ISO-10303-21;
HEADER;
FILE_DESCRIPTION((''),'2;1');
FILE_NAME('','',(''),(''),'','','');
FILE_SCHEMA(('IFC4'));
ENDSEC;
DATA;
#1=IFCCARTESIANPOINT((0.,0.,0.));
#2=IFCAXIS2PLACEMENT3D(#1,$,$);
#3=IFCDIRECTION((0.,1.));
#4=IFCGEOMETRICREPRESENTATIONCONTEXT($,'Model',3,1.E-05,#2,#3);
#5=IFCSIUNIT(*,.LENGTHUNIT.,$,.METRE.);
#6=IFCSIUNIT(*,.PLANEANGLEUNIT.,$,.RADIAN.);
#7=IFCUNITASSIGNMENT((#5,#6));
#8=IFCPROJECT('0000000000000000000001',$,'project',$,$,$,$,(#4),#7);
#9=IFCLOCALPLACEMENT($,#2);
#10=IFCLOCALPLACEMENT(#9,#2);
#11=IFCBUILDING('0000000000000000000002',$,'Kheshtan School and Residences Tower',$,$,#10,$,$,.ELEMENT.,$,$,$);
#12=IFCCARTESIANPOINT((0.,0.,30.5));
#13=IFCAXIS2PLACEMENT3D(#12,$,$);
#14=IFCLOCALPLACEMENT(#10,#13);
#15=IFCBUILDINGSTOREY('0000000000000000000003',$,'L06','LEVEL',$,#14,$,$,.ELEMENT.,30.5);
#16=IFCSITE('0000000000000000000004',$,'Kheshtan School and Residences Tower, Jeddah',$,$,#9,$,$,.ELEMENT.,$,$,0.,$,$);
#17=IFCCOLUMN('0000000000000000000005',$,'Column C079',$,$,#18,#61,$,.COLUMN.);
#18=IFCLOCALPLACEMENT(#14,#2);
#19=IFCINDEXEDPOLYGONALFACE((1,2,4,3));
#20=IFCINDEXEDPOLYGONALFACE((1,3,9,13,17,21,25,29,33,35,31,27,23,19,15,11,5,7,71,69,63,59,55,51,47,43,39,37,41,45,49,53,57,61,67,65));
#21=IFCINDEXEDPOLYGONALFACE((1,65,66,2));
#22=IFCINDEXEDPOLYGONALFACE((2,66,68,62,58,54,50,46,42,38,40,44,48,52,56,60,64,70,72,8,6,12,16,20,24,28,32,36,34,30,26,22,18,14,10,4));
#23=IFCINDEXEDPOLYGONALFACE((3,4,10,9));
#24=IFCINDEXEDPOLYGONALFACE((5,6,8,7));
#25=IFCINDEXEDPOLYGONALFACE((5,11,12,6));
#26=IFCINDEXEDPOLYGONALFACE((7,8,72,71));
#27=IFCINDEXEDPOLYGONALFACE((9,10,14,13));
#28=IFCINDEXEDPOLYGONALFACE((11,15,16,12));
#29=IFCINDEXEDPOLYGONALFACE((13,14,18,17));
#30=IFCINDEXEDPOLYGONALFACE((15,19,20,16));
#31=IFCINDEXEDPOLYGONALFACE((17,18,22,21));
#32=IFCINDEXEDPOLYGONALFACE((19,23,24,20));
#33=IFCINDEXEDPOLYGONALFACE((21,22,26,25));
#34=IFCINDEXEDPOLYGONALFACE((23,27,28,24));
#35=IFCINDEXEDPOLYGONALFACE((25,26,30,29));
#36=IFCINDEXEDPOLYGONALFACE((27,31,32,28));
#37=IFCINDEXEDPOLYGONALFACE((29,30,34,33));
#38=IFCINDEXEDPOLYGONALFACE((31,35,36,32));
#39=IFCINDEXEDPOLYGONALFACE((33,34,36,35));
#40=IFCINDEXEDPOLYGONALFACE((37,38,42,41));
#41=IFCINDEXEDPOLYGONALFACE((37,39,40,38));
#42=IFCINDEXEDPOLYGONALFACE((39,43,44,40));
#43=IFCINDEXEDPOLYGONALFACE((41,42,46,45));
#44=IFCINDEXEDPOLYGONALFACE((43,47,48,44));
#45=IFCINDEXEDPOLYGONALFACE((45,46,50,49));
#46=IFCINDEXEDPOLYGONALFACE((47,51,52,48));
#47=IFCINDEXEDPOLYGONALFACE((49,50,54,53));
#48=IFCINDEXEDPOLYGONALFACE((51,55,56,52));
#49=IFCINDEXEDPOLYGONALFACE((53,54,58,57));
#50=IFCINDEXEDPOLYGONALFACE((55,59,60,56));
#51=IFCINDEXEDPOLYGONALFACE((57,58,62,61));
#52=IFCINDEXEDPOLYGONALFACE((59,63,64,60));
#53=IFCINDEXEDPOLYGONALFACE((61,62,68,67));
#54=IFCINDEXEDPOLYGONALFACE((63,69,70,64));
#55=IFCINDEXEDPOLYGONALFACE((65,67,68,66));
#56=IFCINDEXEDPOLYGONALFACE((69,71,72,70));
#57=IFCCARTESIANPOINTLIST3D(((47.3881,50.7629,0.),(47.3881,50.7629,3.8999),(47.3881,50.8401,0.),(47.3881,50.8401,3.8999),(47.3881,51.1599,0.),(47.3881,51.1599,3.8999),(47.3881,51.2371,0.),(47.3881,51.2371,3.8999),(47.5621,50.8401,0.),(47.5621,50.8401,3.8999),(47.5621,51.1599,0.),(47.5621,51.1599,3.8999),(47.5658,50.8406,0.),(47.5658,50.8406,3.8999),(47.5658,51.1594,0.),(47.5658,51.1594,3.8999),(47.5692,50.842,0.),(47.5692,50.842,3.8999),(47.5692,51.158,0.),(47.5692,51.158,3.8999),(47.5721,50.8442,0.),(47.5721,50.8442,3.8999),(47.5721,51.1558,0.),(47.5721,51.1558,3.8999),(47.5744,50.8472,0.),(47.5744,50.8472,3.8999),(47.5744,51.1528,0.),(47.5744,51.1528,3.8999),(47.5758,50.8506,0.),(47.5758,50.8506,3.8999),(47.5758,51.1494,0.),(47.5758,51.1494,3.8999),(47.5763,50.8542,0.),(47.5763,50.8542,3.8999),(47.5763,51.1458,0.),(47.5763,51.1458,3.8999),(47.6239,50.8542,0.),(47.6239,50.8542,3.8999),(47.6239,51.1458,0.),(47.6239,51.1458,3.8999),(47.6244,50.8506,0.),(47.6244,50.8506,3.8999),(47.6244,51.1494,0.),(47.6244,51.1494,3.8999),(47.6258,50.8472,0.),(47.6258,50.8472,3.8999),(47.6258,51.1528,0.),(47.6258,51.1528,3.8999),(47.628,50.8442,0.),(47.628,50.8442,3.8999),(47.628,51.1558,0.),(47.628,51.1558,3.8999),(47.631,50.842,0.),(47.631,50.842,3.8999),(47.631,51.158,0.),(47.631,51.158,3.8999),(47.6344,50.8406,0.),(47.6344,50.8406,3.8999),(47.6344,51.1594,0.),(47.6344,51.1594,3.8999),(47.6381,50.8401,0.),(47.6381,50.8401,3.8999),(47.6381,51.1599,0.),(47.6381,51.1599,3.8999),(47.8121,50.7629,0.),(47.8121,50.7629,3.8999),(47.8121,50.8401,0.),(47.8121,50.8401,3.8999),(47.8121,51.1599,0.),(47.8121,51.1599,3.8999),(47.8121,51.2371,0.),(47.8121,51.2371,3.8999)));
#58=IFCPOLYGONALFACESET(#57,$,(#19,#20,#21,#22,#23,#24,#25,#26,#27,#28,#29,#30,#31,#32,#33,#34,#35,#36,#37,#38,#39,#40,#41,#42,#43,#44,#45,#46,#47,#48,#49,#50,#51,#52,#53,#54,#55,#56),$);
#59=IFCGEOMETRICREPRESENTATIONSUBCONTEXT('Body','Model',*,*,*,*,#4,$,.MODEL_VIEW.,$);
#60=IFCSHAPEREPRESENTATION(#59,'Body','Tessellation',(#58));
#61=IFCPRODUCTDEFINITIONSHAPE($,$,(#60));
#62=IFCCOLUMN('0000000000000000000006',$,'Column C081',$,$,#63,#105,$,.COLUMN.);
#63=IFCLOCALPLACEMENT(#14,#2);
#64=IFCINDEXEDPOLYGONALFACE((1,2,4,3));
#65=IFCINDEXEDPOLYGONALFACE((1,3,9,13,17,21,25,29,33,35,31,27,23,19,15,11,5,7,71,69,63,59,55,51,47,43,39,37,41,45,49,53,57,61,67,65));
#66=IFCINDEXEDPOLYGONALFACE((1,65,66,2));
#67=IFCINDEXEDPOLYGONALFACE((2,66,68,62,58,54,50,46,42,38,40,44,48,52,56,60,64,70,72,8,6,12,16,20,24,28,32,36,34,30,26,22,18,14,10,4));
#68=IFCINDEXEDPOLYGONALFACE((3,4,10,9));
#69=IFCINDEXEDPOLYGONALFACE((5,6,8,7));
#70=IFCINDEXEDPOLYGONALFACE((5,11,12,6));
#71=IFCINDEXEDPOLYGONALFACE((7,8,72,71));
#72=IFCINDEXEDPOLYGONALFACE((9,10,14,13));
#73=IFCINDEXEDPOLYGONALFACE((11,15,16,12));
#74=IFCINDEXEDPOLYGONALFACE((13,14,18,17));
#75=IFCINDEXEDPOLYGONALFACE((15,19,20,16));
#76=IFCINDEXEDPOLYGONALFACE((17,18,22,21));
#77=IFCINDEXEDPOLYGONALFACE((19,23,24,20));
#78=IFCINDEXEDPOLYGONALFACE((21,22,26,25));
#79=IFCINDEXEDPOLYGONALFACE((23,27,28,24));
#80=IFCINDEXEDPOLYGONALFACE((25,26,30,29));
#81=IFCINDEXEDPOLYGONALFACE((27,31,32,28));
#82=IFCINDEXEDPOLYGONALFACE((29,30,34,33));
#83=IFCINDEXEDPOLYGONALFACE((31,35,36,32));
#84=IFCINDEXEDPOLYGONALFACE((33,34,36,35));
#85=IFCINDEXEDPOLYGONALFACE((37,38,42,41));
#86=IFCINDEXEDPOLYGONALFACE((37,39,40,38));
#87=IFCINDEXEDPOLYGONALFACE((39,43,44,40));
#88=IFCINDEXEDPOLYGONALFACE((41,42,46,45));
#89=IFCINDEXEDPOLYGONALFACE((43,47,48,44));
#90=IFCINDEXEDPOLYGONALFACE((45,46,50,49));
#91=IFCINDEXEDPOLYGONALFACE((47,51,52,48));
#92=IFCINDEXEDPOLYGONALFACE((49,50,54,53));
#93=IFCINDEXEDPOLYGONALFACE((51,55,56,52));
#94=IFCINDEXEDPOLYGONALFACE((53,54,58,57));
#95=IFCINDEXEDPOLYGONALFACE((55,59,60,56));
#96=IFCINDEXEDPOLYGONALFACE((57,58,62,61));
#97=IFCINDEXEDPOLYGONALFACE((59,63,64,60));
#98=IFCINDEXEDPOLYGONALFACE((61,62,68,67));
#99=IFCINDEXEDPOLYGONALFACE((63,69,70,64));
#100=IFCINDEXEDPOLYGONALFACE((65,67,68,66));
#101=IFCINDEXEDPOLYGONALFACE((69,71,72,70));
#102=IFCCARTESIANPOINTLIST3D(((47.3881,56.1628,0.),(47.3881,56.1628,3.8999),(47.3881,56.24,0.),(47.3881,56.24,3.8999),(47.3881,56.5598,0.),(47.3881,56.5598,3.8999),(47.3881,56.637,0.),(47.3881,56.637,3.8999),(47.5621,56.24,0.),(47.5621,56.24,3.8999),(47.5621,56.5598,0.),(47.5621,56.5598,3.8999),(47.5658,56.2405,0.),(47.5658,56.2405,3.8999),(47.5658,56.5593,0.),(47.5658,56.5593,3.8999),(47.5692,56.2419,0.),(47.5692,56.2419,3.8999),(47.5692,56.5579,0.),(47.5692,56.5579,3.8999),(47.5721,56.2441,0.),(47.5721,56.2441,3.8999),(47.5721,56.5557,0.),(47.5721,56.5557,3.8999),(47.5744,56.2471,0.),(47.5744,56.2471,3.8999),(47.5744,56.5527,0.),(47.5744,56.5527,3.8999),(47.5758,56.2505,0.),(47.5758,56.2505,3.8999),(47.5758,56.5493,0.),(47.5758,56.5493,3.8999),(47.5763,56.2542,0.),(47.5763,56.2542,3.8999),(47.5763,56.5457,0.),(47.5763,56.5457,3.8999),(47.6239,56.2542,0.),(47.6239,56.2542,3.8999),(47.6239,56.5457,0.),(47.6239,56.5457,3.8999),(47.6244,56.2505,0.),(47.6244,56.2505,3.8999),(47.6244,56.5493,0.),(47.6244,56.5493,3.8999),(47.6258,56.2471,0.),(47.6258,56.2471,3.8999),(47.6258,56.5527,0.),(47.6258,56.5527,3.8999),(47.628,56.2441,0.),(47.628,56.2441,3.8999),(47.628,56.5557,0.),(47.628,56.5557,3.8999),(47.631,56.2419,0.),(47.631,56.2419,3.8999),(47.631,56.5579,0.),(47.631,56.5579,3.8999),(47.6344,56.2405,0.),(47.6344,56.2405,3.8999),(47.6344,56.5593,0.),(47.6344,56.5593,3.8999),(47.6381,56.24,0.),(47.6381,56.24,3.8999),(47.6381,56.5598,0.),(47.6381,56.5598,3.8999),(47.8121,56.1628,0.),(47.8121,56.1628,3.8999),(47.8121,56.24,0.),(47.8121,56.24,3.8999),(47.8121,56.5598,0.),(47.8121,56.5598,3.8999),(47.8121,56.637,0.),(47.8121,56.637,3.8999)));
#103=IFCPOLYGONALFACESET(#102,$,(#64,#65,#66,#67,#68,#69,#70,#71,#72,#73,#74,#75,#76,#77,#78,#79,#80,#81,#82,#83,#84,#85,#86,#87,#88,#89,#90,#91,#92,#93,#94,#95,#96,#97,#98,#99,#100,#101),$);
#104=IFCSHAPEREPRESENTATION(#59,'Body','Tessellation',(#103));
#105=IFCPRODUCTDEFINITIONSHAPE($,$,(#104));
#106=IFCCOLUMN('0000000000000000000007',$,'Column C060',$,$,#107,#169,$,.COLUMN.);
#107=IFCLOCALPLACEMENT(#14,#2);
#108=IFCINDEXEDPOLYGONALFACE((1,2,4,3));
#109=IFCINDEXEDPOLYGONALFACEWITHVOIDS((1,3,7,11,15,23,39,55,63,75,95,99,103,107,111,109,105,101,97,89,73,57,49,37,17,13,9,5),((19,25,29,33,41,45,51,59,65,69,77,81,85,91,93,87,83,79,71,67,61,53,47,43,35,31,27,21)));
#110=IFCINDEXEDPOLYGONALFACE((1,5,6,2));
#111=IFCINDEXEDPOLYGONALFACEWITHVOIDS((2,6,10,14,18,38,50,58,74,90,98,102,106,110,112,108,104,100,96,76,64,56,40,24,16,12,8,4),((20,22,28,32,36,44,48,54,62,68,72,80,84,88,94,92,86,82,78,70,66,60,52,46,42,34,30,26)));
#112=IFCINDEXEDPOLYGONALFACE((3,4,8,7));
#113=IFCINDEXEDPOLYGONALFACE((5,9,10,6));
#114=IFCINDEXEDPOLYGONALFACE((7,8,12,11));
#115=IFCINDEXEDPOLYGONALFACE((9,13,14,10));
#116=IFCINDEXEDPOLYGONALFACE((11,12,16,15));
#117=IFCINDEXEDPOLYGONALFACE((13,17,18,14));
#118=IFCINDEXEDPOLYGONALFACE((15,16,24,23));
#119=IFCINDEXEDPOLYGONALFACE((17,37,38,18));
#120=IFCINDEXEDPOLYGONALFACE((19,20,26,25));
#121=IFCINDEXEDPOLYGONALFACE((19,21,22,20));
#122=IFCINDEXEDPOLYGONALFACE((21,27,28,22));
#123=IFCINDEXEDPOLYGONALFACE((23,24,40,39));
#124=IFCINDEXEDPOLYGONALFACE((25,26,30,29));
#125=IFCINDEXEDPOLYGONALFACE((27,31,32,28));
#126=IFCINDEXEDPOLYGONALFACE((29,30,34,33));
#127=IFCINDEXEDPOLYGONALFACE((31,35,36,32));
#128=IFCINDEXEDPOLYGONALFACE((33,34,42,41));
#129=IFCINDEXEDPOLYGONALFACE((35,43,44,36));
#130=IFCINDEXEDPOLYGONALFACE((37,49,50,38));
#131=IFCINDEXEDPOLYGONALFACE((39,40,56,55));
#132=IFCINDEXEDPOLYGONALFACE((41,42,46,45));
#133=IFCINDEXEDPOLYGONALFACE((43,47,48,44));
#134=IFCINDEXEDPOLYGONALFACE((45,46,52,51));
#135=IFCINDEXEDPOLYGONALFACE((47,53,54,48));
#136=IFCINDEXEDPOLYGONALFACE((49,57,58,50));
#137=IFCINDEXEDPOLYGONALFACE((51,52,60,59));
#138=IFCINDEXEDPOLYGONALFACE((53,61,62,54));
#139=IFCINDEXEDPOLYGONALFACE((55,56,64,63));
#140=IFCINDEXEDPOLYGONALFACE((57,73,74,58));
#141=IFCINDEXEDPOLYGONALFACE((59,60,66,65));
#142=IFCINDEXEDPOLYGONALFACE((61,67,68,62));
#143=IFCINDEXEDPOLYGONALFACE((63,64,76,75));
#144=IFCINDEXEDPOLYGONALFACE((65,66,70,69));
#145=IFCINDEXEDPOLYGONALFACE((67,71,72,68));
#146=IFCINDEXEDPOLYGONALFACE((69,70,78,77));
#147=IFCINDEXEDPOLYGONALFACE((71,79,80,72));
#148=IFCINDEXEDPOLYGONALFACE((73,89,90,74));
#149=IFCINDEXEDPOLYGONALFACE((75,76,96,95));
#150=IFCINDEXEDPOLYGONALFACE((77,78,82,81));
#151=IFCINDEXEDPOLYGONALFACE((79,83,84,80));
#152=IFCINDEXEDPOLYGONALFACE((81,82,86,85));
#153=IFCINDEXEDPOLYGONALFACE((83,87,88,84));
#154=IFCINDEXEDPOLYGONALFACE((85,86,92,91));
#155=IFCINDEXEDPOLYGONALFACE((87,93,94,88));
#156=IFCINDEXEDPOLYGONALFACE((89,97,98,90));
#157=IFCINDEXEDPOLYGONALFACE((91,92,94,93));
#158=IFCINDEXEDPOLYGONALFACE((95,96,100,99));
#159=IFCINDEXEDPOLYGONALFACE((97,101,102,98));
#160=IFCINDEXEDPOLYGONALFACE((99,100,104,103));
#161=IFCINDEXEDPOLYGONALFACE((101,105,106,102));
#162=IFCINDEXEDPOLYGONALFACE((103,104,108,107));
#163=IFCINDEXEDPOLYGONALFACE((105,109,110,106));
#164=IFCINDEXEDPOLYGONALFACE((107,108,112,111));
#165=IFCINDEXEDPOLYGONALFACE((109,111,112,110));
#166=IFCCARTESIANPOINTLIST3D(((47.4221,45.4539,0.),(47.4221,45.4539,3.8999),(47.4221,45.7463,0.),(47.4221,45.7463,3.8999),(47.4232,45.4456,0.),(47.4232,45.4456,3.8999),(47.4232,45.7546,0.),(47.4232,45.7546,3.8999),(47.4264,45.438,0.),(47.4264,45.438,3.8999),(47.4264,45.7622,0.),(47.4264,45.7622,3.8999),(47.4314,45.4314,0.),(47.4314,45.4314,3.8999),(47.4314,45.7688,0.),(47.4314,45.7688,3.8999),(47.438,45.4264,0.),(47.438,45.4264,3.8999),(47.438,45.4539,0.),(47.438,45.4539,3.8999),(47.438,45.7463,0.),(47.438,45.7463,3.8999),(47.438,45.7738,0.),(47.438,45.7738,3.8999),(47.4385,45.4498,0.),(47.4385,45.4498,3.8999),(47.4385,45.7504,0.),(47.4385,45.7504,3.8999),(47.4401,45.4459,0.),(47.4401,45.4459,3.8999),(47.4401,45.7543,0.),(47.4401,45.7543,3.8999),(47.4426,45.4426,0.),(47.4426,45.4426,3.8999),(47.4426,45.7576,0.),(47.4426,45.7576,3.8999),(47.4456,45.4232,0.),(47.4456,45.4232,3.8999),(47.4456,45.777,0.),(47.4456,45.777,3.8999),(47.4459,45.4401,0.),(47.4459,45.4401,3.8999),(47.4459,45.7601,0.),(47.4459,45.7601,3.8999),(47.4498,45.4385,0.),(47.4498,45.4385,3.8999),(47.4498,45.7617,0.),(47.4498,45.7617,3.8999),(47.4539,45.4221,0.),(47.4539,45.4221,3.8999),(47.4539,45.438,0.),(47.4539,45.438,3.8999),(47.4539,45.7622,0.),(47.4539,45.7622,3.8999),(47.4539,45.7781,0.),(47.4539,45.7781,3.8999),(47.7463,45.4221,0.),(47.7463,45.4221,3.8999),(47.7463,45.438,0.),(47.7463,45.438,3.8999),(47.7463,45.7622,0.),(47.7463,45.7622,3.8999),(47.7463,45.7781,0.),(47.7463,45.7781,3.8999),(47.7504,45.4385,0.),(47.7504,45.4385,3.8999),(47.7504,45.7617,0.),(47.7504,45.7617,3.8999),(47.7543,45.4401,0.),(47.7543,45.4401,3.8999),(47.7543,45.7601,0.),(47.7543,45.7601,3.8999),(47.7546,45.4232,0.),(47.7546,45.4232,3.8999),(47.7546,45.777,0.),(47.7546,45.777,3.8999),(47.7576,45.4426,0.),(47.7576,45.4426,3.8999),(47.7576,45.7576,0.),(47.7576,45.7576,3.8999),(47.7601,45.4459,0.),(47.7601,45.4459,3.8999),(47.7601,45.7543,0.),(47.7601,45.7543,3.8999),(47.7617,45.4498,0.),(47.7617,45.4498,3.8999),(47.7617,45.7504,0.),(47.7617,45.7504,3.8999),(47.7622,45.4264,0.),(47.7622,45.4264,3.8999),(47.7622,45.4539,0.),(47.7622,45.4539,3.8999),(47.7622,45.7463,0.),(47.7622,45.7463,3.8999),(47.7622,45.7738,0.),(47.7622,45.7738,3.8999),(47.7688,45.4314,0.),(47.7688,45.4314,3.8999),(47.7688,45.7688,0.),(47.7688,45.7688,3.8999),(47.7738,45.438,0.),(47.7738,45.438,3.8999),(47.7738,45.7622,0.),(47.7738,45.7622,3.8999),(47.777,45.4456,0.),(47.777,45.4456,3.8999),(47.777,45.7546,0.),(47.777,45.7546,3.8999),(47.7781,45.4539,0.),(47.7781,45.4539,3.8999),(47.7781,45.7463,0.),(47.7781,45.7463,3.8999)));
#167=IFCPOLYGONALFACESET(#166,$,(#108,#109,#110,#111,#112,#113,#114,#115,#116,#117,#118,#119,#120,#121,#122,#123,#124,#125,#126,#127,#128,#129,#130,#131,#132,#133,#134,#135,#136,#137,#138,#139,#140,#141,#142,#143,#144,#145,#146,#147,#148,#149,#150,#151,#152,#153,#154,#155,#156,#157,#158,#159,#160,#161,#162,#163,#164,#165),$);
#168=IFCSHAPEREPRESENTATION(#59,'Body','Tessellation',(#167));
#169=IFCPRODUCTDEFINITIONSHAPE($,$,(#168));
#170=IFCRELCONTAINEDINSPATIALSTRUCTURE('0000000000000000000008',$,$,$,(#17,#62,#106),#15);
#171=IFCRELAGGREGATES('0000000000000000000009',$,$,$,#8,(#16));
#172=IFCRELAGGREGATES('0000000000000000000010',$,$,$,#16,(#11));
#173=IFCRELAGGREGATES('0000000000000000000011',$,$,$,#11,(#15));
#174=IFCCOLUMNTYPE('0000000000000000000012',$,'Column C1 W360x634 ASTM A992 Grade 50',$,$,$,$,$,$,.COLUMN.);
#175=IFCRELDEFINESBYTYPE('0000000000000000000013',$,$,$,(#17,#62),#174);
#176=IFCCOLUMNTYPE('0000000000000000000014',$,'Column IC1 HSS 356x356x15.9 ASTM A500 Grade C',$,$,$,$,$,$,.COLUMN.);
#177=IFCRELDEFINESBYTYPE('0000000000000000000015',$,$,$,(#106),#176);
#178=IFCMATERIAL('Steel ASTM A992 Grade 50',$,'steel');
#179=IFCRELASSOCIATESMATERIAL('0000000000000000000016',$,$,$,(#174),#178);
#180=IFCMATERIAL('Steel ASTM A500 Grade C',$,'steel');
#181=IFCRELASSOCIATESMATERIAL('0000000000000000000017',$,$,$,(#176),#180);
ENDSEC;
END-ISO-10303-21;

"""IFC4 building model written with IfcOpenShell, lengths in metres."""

from ifc_helpers import new_model, si_unit, direction, frame, origin, origin_2d, place, context, subcontext, project, spatial, hollow_rectangle, i_section, extrude, material, material_profile, profile_set, type_object, element, save


model = new_model("IFC4")

# Units and contexts
model_context = context("Model", 3, precision=1e-05, world=origin(), true_north=direction((0.0, 1.0)))
body_context = subcontext(model_context, "Body", "Model", "MODEL_VIEW")
ifc_project = project(units=[si_unit("LENGTHUNIT", "METRE"), si_unit("PLANEANGLEUNIT", "RADIAN")], contexts=[model_context])

# Site, building, storey
site_placement = place(None, origin())
site = spatial("IfcSite", under=ifc_project, at=site_placement, Name="Kheshtan School and Residences Tower, Jeddah", CompositionType="ELEMENT", RefElevation=0.0)
building_placement = place(site_placement, origin())
building = spatial("IfcBuilding", under=site, at=building_placement, Name="Kheshtan School and Residences Tower", CompositionType="ELEMENT")
storey_placement = place(building_placement, frame((0.0, 0.0, 30.5)))
storey = spatial("IfcBuildingStorey", under=building, at=storey_placement, Name="L06", Description="LEVEL", CompositionType="ELEMENT", Elevation=30.5)

# Columns
ifc_material_1 = material(Name="Steel ASTM A992 Grade 50", Category="steel")
ifc_material_profile_1 = material_profile(ifc_material_1, i_section(OverallWidth=0.4241, OverallDepth=0.4741, WebThickness=0.0476, FlangeThickness=0.0771, FilletRadius=0.0142, at=origin_2d()), Name="W360x634")
ifc_profile_set_1 = profile_set([ifc_material_profile_1], Name="Steel ASTM A992 Grade 50")
column_type_1 = type_object("IfcColumnType", Name="Column C1 W360x634 ASTM A992 Grade 50", PredefinedType="COLUMN", material=ifc_profile_set_1)
for number, where, z_axis, x_axis, name in (
    (1, (47.6001, 51.0, 0.0), (0.0, 0.0, 1.0), (1.0, 0.0, 0.0), "Column C079"),
    (2, (47.6001, 56.3999, 0.0), (0.0, 0.0, 1.0), (1.0, 0.0, 0.0), "Column C081"),
):
    element("IfcColumn", number, at=place(storey_placement, frame(where, z_axis=z_axis, x_axis=x_axis)), inside=storey, type_object=column_type_1, Name=name, PredefinedType="COLUMN", context=body_context, shape_type="SweptSolid", body=[
        extrude(i_section(OverallWidth=0.4241, OverallDepth=0.4741, WebThickness=0.0476, FlangeThickness=0.0771, FilletRadius=0.0142, at=origin_2d()), origin(), (0.0, 0.0, 1.0), 3.8999),
    ])
ifc_material_2 = material(Name="Steel ASTM A500 Grade C", Category="steel")
ifc_material_profile_2 = material_profile(ifc_material_2, hollow_rectangle(XDim=0.356, YDim=0.356, WallThickness=0.0159, InnerFilletRadius=0.0159, OuterFilletRadius=0.0317, at=origin_2d()), Name="HSS 356x356x15.9")
ifc_profile_set_2 = profile_set([ifc_material_profile_2], Name="Steel ASTM A500 Grade C")
column_type_2 = type_object("IfcColumnType", Name="Column IC1 HSS 356x356x15.9 ASTM A500 Grade C", PredefinedType="COLUMN", material=ifc_profile_set_2)
column_placement = place(storey_placement, frame((47.6001, 45.6001, 0.0), z_axis=(0.0, 0.0, 1.0), x_axis=(1.0, 0.0, 0.0)))
element("IfcColumn", 3, at=column_placement, inside=storey, type_object=column_type_2, Name="Column C060", PredefinedType="COLUMN", context=body_context, shape_type="SweptSolid", body=[
    extrude(hollow_rectangle(XDim=0.356, YDim=0.356, WallThickness=0.0159, InnerFilletRadius=0.0159, OuterFilletRadius=0.0317, at=origin_2d()), origin(), (0.0, 0.0, 1.0), 3.8999),
])

save(model, "model.ifc")
